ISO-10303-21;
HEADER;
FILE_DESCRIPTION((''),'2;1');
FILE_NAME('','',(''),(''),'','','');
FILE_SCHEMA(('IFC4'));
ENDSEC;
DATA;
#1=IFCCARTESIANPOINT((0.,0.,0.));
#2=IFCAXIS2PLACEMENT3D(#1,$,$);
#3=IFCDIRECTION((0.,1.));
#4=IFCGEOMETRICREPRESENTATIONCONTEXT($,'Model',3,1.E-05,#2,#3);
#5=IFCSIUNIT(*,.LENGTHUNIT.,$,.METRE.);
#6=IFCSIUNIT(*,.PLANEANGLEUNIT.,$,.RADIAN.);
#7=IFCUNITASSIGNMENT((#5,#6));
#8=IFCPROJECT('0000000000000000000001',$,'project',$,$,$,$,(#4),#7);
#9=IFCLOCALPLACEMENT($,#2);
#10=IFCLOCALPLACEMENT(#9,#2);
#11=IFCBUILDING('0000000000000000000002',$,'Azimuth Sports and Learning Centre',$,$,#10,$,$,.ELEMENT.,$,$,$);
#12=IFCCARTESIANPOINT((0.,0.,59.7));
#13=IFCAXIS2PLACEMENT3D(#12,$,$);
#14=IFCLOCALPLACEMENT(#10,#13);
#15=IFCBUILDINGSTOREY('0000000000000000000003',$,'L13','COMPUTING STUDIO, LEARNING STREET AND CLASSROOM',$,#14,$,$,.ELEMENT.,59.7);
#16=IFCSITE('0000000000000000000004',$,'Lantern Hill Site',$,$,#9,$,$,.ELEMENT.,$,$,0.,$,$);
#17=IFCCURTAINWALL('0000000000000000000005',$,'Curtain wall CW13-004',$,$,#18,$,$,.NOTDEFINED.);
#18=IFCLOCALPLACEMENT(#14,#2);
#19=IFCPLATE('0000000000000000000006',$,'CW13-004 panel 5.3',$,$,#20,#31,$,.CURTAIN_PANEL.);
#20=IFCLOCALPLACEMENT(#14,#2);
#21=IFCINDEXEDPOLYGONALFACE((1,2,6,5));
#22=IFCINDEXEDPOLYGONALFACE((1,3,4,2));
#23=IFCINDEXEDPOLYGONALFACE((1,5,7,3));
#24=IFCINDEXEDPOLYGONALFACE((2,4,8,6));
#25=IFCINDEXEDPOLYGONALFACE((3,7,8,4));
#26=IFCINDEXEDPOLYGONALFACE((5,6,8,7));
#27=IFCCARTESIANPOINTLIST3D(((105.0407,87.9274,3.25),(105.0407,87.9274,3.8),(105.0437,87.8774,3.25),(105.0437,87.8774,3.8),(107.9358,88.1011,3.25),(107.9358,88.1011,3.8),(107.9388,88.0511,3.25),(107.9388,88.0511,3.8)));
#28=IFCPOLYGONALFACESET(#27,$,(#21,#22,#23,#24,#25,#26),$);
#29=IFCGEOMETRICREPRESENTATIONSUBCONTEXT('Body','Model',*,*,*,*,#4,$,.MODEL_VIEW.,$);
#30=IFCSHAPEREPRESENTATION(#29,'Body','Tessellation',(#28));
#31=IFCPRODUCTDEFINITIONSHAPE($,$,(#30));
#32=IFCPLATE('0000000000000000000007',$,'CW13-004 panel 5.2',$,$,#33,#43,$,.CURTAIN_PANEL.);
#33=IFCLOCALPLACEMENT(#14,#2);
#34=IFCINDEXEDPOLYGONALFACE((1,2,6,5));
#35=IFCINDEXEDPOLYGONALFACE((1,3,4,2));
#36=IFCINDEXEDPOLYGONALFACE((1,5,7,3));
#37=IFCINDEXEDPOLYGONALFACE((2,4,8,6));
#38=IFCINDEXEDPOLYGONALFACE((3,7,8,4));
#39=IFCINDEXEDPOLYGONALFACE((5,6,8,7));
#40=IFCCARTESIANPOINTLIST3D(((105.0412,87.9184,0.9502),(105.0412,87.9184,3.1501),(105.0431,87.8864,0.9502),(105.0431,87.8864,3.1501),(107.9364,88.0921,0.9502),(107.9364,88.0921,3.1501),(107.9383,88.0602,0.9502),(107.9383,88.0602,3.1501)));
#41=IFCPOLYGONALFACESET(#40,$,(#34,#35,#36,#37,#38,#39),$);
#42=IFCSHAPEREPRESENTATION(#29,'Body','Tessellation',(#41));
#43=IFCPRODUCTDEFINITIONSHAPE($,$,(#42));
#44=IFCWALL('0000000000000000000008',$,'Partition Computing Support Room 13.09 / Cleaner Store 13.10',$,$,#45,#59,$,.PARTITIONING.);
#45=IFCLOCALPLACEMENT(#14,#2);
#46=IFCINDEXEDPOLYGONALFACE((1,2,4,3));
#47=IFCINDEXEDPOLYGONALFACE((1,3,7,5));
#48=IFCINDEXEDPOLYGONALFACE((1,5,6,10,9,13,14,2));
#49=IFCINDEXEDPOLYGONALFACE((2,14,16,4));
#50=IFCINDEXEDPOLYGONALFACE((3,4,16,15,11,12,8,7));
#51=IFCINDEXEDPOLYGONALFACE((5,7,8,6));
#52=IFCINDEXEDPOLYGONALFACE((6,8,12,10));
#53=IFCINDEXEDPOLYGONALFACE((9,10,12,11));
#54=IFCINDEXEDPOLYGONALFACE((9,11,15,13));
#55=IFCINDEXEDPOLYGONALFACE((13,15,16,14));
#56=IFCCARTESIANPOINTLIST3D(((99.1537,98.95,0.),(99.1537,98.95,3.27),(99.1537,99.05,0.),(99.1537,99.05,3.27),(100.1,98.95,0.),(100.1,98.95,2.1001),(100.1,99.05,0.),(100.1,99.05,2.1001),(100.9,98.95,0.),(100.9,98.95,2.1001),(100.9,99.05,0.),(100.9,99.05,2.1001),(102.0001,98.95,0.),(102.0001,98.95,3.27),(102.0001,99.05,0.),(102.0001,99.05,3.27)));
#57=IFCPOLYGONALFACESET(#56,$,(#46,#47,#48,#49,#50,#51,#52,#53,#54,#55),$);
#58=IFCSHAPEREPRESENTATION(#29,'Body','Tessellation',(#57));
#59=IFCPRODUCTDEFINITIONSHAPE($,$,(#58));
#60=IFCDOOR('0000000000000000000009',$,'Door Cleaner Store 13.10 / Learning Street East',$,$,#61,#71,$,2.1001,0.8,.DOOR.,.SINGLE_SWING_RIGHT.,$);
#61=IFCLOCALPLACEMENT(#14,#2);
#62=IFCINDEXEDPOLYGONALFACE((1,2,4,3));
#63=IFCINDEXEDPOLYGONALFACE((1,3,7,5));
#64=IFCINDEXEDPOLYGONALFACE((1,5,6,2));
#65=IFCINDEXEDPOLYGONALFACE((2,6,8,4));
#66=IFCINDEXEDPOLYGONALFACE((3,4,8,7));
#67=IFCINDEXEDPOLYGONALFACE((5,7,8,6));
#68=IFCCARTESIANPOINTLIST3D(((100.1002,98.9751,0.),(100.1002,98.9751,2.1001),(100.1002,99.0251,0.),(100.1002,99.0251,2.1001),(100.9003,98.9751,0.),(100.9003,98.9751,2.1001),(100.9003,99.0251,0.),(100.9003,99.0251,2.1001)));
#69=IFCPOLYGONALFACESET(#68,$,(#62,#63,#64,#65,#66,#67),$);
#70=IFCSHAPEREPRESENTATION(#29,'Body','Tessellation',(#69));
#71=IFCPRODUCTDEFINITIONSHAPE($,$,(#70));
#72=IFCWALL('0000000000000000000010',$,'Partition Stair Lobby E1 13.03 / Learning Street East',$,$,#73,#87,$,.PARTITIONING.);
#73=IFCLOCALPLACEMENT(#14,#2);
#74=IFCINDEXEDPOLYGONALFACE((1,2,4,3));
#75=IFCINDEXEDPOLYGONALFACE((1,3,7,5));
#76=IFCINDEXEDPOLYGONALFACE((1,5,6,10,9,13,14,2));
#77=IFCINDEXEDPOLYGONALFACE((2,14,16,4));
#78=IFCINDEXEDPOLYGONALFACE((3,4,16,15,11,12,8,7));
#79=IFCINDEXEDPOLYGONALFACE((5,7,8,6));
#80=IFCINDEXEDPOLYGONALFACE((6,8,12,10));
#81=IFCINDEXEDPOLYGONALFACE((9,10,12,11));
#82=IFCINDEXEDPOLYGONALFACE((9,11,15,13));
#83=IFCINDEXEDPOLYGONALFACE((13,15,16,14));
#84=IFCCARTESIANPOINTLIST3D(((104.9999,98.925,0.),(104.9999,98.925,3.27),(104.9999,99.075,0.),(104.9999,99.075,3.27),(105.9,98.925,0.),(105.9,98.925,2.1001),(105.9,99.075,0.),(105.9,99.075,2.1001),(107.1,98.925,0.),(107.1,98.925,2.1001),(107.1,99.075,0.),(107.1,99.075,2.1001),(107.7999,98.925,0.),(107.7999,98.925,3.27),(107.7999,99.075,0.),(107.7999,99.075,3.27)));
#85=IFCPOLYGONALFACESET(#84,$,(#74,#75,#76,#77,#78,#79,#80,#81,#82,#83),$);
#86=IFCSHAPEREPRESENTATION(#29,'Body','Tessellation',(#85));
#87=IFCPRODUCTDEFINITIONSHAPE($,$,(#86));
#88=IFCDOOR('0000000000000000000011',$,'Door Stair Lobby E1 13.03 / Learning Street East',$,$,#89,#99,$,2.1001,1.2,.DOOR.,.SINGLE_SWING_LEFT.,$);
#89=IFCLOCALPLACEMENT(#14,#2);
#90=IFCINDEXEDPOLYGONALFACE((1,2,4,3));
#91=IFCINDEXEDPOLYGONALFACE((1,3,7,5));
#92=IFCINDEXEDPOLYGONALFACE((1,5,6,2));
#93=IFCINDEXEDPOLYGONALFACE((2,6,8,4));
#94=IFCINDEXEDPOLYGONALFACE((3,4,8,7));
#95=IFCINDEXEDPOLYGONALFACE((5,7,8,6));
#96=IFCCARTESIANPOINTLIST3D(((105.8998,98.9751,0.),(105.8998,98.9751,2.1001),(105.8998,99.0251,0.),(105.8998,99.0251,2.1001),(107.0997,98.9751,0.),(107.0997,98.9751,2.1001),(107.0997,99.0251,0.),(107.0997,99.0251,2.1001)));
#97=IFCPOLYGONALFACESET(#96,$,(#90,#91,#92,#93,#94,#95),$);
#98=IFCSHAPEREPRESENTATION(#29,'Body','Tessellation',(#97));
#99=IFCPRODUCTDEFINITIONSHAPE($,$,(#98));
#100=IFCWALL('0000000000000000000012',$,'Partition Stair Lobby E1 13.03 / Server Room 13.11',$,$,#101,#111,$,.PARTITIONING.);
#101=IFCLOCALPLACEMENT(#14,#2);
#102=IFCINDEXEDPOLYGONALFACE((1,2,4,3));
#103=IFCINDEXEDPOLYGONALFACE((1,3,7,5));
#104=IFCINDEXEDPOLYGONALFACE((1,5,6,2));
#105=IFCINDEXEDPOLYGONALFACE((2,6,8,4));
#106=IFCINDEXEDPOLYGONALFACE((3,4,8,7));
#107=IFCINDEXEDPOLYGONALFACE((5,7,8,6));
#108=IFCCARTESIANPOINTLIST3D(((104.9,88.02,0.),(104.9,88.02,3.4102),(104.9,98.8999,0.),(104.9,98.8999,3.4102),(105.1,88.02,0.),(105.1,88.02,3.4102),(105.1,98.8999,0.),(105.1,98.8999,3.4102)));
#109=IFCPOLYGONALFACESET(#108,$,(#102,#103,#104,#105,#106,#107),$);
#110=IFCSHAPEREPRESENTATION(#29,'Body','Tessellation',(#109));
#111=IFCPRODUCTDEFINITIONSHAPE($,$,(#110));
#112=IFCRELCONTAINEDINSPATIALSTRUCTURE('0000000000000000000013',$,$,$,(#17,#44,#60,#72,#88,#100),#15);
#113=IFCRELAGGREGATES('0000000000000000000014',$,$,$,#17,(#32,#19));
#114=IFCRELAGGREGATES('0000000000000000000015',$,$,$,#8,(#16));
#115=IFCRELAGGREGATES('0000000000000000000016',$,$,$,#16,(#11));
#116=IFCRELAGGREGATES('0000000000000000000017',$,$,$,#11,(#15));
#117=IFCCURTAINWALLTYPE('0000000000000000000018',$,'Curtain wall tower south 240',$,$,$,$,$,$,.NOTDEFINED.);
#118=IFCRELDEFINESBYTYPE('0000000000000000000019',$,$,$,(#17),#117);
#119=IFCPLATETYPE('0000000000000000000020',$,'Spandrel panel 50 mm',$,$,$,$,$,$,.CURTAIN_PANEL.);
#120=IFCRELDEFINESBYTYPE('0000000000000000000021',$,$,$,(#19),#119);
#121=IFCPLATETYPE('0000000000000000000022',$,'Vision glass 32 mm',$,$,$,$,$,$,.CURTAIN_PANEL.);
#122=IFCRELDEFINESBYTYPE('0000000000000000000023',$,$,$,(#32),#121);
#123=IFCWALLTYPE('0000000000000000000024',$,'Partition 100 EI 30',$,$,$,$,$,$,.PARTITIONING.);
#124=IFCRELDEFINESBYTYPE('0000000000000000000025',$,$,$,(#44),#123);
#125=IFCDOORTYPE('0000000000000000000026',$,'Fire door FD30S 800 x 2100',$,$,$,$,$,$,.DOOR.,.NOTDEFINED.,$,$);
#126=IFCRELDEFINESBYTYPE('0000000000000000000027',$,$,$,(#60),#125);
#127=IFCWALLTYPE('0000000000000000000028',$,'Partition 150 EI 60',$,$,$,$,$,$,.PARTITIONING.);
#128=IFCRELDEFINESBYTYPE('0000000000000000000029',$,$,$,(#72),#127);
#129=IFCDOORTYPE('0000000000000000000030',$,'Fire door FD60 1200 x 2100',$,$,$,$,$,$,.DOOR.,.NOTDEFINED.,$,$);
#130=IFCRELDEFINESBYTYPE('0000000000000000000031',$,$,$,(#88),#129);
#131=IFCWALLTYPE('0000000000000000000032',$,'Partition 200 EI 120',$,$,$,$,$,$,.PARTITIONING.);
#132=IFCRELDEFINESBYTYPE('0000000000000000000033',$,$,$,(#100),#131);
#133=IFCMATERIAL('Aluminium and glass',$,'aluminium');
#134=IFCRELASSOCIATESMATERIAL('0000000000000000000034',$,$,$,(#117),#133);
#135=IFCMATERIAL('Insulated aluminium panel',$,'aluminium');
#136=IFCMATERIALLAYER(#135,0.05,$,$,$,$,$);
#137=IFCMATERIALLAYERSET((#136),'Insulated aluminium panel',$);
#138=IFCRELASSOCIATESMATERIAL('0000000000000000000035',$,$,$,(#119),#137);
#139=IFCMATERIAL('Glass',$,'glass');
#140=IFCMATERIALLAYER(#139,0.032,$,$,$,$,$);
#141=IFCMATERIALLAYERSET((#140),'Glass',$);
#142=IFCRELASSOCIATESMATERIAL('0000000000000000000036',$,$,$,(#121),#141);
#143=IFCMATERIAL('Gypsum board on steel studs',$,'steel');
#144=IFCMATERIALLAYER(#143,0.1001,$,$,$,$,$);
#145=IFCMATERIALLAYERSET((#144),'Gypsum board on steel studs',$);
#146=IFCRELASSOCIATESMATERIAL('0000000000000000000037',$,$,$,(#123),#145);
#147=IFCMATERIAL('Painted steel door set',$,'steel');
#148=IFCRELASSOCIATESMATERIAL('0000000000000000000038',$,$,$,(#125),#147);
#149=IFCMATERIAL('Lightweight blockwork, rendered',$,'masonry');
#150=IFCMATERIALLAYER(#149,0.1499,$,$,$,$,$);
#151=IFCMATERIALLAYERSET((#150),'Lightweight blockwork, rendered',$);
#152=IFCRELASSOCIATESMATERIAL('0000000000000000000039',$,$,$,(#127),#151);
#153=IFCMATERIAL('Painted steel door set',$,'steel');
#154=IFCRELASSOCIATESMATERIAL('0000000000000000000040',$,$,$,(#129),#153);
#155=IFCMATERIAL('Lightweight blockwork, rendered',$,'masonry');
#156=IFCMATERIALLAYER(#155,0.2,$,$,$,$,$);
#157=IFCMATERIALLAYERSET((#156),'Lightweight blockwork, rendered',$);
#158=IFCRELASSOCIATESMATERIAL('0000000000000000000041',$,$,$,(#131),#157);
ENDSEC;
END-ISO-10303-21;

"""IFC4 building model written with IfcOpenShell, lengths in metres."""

from ifc_helpers import new_model, si_unit, direction, frame, frame_2d, origin, origin_2d, place, context, subcontext, project, spatial, rectangle, extrude, material, layer, layer_set, type_object, element, fill, aggregate, save


model = new_model("IFC4")

# Units and contexts
model_context = context("Model", 3, precision=1e-05, world=origin(), true_north=direction((0.0, 1.0)))
body_context = subcontext(model_context, "Body", "Model", "MODEL_VIEW")
ifc_project = project(units=[si_unit("LENGTHUNIT", "METRE"), si_unit("PLANEANGLEUNIT", "RADIAN")], contexts=[model_context])

# Site, building, storey
site_placement = place(None, origin())
site = spatial("IfcSite", under=ifc_project, at=site_placement, Name="Lantern Hill Site", CompositionType="ELEMENT", RefElevation=0.0)
building_placement = place(site_placement, origin())
building = spatial("IfcBuilding", under=site, at=building_placement, Name="Azimuth Sports and Learning Centre", CompositionType="ELEMENT")
storey_placement = place(building_placement, frame((0.0, 0.0, 59.7)))
storey = spatial("IfcBuildingStorey", under=building, at=storey_placement, Name="L13", Description="COMPUTING STUDIO, LEARNING STREET AND CLASSROOM", CompositionType="ELEMENT", Elevation=59.7)

# Curtain wall
ifc_material_1 = material(Name="Aluminium and glass", Category="aluminium")
curtain_wall_type_1 = type_object("IfcCurtainWallType", Name="Curtain wall tower south 240", PredefinedType="NOTDEFINED", material=ifc_material_1)
curtain_wall_1_placement = place(storey_placement, origin())
curtain_wall_1 = element("IfcCurtainWall", 1, at=curtain_wall_1_placement, inside=storey, type_object=curtain_wall_type_1, Name="Curtain wall CW13-004", PredefinedType="NOTDEFINED")

# Plates
ifc_material_2 = material(Name="Insulated aluminium panel", Category="aluminium")
ifc_layer_1 = layer(ifc_material_2, 0.05)
ifc_layer_set_1 = layer_set([ifc_layer_1], Name="Insulated aluminium panel")
plate_type_1 = type_object("IfcPlateType", Name="Spandrel panel 50 mm", PredefinedType="CURTAIN_PANEL", material=ifc_layer_set_1)
plate_1_placement = place(storey_placement, frame((106.4897, 87.9893, 3.25), z_axis=(0.0, 0.0, 1.0), x_axis=(0.998205, 0.059892, 0.0)))
plate_1 = element("IfcPlate", 2, at=plate_1_placement, type_object=plate_type_1, Name="CW13-004 panel 5.3", PredefinedType="CURTAIN_PANEL", context=body_context, shape_type="SweptSolid", body=[
    extrude(rectangle(XDim=2.9004, YDim=0.05, at=origin_2d()), origin(), (0.0, 0.0, 1.0), 0.55),
])
ifc_material_3 = material(Name="Glass", Category="glass")
ifc_layer_2 = layer(ifc_material_3, 0.032)
ifc_layer_set_2 = layer_set([ifc_layer_2], Name="Glass")
plate_type_2 = type_object("IfcPlateType", Name="Vision glass 32 mm", PredefinedType="CURTAIN_PANEL", material=ifc_layer_set_2)
plate_2_placement = place(storey_placement, frame((106.4897, 87.9893, 0.9502), z_axis=(0.0, 0.0, 1.0), x_axis=(0.998205, 0.059892, 0.0)))
plate_2 = element("IfcPlate", 3, at=plate_2_placement, type_object=plate_type_2, Name="CW13-004 panel 5.2", PredefinedType="CURTAIN_PANEL", context=body_context, shape_type="SweptSolid", body=[
    extrude(rectangle(XDim=2.9004, YDim=0.032, at=origin_2d()), origin(), (0.0, 0.0, 1.0), 2.2),
])
aggregate(curtain_wall_1, [plate_2, plate_1])

# Walls, openings, doors
ifc_material_4 = material(Name="Gypsum board on steel studs", Category="steel")
ifc_layer_3 = layer(ifc_material_4, 0.1001)
ifc_layer_set_3 = layer_set([ifc_layer_3], Name="Gypsum board on steel studs")
wall_type_1 = type_object("IfcWallType", Name="Partition 100 EI 30", PredefinedType="PARTITIONING", material=ifc_layer_set_3)
wall_1_placement = place(storey_placement, frame((99.1536, 99.0, 0.0), z_axis=(0.0, 0.0, 1.0), x_axis=(1.0, 0.0, 0.0)))
wall_1 = element("IfcWall", 4, at=wall_1_placement, inside=storey, type_object=wall_type_1, Name="Partition Computing Support Room 13.09 / Cleaner Store 13.10", PredefinedType="PARTITIONING", context=body_context, shape_type="SweptSolid", body=[
    extrude(rectangle(XDim=2.8464, YDim=0.1001, at=frame_2d((1.4233, 0.0))), origin(), (0.0, 0.0, 1.0), 3.27),
])
opening_1_placement = place(wall_1_placement, frame((0.9465, 0.0, 0.0)))
opening_1 = element("IfcOpeningElement", 5, at=opening_1_placement, cuts=wall_1, PredefinedType="OPENING", context=body_context, shape_type="SweptSolid", body=[
    extrude(rectangle(XDim=0.8, YDim=2.1001, at=frame_2d((0.3999, 1.05))), frame((0.0, 0.061, 0.0), z_axis=(0.0, -1.0, 0.0), x_axis=(1.0, 0.0, 0.0)), (0.0, 0.0, 1.0), 0.1221),
])
ifc_material_5 = material(Name="Painted steel door set", Category="steel")
door_type_1 = type_object("IfcDoorType", Name="Fire door FD30S 800 x 2100", OperationType="NOTDEFINED", PredefinedType="DOOR", material=ifc_material_5)
door_1_placement = place(opening_1_placement, frame((0.8, 0.0, 0.0), z_axis=(0.0, 0.0, 1.0), x_axis=(-1.0, 0.0, 0.0)))
door_1 = element("IfcDoor", 6, at=door_1_placement, inside=storey, type_object=door_type_1, Name="Door Cleaner Store 13.10 / Learning Street East", OperationType="SINGLE_SWING_RIGHT", OverallHeight=2.1001, OverallWidth=0.8, PredefinedType="DOOR", context=body_context, shape_type="SweptSolid", body=[
    extrude(rectangle(XDim=0.8, YDim=2.1001, at=frame_2d((0.3999, 1.05))), frame((0.0, 0.0249, 0.0), z_axis=(0.0, -1.0, 0.0), x_axis=(1.0, 0.0, 0.0)), (0.0, 0.0, 1.0), 0.05),
])
fill(opening_1, door_1)
ifc_material_6 = material(Name="Lightweight blockwork, rendered", Category="masonry")
ifc_layer_4 = layer(ifc_material_6, 0.1499)
ifc_layer_set_4 = layer_set([ifc_layer_4], Name="Lightweight blockwork, rendered")
wall_type_2 = type_object("IfcWallType", Name="Partition 150 EI 60", PredefinedType="PARTITIONING", material=ifc_layer_set_4)
wall_2_placement = place(storey_placement, frame((105.0, 99.0, 0.0), z_axis=(0.0, 0.0, 1.0), x_axis=(1.0, 0.0, 0.0)))
wall_2 = element("IfcWall", 7, at=wall_2_placement, inside=storey, type_object=wall_type_2, Name="Partition Stair Lobby E1 13.03 / Learning Street East", PredefinedType="PARTITIONING", context=body_context, shape_type="SweptSolid", body=[
    extrude(rectangle(XDim=2.8, YDim=0.1499, at=frame_2d((1.3999, 0.0))), origin(), (0.0, 0.0, 1.0), 3.27),
])
opening_2_placement = place(wall_2_placement, frame((0.8999, 0.0, 0.0)))
opening_2 = element("IfcOpeningElement", 8, at=opening_2_placement, cuts=wall_2, PredefinedType="OPENING", context=body_context, shape_type="SweptSolid", body=[
    extrude(rectangle(XDim=1.2, YDim=2.1001, at=frame_2d((0.6001, 1.05))), frame((0.0, 0.0859, 0.0), z_axis=(0.0, -1.0, 0.0), x_axis=(1.0, 0.0, 0.0)), (0.0, 0.0, 1.0), 0.1719),
])
ifc_material_7 = material(Name="Painted steel door set", Category="steel")
door_type_2 = type_object("IfcDoorType", Name="Fire door FD60 1200 x 2100", OperationType="NOTDEFINED", PredefinedType="DOOR", material=ifc_material_7)
door_2_placement = place(opening_2_placement, frame((1.2, 0.0, 0.0), z_axis=(0.0, 0.0, 1.0), x_axis=(-1.0, 0.0, 0.0)))
door_2 = element("IfcDoor", 9, at=door_2_placement, inside=storey, type_object=door_type_2, Name="Door Stair Lobby E1 13.03 / Learning Street East", OperationType="SINGLE_SWING_LEFT", OverallHeight=2.1001, OverallWidth=1.2, PredefinedType="DOOR", context=body_context, shape_type="SweptSolid", body=[
    extrude(rectangle(XDim=1.2, YDim=2.1001, at=frame_2d((0.6001, 1.05))), frame((0.0, 0.0249, 0.0), z_axis=(0.0, -1.0, 0.0), x_axis=(1.0, 0.0, 0.0)), (0.0, 0.0, 1.0), 0.05),
])
fill(opening_2, door_2)
ifc_material_8 = material(Name="Lightweight blockwork, rendered", Category="masonry")
ifc_layer_5 = layer(ifc_material_8, 0.2)
ifc_layer_set_5 = layer_set([ifc_layer_5], Name="Lightweight blockwork, rendered")
wall_type_3 = type_object("IfcWallType", Name="Partition 200 EI 120", PredefinedType="PARTITIONING", material=ifc_layer_set_5)

# Wall
wall_3_placement = place(storey_placement, frame((105.0, 88.02, 0.0), z_axis=(0.0, 0.0, 1.0), x_axis=(0.0, 1.0, 0.0)))
element("IfcWall", 10, at=wall_3_placement, inside=storey, type_object=wall_type_3, Name="Partition Stair Lobby E1 13.03 / Server Room 13.11", PredefinedType="PARTITIONING", context=body_context, shape_type="SweptSolid", body=[
    extrude(rectangle(XDim=10.8799, YDim=0.2, at=frame_2d((5.4399, 0.0))), origin(), (0.0, 0.0, 1.0), 3.4102),
])

save(model, "model.ifc")
